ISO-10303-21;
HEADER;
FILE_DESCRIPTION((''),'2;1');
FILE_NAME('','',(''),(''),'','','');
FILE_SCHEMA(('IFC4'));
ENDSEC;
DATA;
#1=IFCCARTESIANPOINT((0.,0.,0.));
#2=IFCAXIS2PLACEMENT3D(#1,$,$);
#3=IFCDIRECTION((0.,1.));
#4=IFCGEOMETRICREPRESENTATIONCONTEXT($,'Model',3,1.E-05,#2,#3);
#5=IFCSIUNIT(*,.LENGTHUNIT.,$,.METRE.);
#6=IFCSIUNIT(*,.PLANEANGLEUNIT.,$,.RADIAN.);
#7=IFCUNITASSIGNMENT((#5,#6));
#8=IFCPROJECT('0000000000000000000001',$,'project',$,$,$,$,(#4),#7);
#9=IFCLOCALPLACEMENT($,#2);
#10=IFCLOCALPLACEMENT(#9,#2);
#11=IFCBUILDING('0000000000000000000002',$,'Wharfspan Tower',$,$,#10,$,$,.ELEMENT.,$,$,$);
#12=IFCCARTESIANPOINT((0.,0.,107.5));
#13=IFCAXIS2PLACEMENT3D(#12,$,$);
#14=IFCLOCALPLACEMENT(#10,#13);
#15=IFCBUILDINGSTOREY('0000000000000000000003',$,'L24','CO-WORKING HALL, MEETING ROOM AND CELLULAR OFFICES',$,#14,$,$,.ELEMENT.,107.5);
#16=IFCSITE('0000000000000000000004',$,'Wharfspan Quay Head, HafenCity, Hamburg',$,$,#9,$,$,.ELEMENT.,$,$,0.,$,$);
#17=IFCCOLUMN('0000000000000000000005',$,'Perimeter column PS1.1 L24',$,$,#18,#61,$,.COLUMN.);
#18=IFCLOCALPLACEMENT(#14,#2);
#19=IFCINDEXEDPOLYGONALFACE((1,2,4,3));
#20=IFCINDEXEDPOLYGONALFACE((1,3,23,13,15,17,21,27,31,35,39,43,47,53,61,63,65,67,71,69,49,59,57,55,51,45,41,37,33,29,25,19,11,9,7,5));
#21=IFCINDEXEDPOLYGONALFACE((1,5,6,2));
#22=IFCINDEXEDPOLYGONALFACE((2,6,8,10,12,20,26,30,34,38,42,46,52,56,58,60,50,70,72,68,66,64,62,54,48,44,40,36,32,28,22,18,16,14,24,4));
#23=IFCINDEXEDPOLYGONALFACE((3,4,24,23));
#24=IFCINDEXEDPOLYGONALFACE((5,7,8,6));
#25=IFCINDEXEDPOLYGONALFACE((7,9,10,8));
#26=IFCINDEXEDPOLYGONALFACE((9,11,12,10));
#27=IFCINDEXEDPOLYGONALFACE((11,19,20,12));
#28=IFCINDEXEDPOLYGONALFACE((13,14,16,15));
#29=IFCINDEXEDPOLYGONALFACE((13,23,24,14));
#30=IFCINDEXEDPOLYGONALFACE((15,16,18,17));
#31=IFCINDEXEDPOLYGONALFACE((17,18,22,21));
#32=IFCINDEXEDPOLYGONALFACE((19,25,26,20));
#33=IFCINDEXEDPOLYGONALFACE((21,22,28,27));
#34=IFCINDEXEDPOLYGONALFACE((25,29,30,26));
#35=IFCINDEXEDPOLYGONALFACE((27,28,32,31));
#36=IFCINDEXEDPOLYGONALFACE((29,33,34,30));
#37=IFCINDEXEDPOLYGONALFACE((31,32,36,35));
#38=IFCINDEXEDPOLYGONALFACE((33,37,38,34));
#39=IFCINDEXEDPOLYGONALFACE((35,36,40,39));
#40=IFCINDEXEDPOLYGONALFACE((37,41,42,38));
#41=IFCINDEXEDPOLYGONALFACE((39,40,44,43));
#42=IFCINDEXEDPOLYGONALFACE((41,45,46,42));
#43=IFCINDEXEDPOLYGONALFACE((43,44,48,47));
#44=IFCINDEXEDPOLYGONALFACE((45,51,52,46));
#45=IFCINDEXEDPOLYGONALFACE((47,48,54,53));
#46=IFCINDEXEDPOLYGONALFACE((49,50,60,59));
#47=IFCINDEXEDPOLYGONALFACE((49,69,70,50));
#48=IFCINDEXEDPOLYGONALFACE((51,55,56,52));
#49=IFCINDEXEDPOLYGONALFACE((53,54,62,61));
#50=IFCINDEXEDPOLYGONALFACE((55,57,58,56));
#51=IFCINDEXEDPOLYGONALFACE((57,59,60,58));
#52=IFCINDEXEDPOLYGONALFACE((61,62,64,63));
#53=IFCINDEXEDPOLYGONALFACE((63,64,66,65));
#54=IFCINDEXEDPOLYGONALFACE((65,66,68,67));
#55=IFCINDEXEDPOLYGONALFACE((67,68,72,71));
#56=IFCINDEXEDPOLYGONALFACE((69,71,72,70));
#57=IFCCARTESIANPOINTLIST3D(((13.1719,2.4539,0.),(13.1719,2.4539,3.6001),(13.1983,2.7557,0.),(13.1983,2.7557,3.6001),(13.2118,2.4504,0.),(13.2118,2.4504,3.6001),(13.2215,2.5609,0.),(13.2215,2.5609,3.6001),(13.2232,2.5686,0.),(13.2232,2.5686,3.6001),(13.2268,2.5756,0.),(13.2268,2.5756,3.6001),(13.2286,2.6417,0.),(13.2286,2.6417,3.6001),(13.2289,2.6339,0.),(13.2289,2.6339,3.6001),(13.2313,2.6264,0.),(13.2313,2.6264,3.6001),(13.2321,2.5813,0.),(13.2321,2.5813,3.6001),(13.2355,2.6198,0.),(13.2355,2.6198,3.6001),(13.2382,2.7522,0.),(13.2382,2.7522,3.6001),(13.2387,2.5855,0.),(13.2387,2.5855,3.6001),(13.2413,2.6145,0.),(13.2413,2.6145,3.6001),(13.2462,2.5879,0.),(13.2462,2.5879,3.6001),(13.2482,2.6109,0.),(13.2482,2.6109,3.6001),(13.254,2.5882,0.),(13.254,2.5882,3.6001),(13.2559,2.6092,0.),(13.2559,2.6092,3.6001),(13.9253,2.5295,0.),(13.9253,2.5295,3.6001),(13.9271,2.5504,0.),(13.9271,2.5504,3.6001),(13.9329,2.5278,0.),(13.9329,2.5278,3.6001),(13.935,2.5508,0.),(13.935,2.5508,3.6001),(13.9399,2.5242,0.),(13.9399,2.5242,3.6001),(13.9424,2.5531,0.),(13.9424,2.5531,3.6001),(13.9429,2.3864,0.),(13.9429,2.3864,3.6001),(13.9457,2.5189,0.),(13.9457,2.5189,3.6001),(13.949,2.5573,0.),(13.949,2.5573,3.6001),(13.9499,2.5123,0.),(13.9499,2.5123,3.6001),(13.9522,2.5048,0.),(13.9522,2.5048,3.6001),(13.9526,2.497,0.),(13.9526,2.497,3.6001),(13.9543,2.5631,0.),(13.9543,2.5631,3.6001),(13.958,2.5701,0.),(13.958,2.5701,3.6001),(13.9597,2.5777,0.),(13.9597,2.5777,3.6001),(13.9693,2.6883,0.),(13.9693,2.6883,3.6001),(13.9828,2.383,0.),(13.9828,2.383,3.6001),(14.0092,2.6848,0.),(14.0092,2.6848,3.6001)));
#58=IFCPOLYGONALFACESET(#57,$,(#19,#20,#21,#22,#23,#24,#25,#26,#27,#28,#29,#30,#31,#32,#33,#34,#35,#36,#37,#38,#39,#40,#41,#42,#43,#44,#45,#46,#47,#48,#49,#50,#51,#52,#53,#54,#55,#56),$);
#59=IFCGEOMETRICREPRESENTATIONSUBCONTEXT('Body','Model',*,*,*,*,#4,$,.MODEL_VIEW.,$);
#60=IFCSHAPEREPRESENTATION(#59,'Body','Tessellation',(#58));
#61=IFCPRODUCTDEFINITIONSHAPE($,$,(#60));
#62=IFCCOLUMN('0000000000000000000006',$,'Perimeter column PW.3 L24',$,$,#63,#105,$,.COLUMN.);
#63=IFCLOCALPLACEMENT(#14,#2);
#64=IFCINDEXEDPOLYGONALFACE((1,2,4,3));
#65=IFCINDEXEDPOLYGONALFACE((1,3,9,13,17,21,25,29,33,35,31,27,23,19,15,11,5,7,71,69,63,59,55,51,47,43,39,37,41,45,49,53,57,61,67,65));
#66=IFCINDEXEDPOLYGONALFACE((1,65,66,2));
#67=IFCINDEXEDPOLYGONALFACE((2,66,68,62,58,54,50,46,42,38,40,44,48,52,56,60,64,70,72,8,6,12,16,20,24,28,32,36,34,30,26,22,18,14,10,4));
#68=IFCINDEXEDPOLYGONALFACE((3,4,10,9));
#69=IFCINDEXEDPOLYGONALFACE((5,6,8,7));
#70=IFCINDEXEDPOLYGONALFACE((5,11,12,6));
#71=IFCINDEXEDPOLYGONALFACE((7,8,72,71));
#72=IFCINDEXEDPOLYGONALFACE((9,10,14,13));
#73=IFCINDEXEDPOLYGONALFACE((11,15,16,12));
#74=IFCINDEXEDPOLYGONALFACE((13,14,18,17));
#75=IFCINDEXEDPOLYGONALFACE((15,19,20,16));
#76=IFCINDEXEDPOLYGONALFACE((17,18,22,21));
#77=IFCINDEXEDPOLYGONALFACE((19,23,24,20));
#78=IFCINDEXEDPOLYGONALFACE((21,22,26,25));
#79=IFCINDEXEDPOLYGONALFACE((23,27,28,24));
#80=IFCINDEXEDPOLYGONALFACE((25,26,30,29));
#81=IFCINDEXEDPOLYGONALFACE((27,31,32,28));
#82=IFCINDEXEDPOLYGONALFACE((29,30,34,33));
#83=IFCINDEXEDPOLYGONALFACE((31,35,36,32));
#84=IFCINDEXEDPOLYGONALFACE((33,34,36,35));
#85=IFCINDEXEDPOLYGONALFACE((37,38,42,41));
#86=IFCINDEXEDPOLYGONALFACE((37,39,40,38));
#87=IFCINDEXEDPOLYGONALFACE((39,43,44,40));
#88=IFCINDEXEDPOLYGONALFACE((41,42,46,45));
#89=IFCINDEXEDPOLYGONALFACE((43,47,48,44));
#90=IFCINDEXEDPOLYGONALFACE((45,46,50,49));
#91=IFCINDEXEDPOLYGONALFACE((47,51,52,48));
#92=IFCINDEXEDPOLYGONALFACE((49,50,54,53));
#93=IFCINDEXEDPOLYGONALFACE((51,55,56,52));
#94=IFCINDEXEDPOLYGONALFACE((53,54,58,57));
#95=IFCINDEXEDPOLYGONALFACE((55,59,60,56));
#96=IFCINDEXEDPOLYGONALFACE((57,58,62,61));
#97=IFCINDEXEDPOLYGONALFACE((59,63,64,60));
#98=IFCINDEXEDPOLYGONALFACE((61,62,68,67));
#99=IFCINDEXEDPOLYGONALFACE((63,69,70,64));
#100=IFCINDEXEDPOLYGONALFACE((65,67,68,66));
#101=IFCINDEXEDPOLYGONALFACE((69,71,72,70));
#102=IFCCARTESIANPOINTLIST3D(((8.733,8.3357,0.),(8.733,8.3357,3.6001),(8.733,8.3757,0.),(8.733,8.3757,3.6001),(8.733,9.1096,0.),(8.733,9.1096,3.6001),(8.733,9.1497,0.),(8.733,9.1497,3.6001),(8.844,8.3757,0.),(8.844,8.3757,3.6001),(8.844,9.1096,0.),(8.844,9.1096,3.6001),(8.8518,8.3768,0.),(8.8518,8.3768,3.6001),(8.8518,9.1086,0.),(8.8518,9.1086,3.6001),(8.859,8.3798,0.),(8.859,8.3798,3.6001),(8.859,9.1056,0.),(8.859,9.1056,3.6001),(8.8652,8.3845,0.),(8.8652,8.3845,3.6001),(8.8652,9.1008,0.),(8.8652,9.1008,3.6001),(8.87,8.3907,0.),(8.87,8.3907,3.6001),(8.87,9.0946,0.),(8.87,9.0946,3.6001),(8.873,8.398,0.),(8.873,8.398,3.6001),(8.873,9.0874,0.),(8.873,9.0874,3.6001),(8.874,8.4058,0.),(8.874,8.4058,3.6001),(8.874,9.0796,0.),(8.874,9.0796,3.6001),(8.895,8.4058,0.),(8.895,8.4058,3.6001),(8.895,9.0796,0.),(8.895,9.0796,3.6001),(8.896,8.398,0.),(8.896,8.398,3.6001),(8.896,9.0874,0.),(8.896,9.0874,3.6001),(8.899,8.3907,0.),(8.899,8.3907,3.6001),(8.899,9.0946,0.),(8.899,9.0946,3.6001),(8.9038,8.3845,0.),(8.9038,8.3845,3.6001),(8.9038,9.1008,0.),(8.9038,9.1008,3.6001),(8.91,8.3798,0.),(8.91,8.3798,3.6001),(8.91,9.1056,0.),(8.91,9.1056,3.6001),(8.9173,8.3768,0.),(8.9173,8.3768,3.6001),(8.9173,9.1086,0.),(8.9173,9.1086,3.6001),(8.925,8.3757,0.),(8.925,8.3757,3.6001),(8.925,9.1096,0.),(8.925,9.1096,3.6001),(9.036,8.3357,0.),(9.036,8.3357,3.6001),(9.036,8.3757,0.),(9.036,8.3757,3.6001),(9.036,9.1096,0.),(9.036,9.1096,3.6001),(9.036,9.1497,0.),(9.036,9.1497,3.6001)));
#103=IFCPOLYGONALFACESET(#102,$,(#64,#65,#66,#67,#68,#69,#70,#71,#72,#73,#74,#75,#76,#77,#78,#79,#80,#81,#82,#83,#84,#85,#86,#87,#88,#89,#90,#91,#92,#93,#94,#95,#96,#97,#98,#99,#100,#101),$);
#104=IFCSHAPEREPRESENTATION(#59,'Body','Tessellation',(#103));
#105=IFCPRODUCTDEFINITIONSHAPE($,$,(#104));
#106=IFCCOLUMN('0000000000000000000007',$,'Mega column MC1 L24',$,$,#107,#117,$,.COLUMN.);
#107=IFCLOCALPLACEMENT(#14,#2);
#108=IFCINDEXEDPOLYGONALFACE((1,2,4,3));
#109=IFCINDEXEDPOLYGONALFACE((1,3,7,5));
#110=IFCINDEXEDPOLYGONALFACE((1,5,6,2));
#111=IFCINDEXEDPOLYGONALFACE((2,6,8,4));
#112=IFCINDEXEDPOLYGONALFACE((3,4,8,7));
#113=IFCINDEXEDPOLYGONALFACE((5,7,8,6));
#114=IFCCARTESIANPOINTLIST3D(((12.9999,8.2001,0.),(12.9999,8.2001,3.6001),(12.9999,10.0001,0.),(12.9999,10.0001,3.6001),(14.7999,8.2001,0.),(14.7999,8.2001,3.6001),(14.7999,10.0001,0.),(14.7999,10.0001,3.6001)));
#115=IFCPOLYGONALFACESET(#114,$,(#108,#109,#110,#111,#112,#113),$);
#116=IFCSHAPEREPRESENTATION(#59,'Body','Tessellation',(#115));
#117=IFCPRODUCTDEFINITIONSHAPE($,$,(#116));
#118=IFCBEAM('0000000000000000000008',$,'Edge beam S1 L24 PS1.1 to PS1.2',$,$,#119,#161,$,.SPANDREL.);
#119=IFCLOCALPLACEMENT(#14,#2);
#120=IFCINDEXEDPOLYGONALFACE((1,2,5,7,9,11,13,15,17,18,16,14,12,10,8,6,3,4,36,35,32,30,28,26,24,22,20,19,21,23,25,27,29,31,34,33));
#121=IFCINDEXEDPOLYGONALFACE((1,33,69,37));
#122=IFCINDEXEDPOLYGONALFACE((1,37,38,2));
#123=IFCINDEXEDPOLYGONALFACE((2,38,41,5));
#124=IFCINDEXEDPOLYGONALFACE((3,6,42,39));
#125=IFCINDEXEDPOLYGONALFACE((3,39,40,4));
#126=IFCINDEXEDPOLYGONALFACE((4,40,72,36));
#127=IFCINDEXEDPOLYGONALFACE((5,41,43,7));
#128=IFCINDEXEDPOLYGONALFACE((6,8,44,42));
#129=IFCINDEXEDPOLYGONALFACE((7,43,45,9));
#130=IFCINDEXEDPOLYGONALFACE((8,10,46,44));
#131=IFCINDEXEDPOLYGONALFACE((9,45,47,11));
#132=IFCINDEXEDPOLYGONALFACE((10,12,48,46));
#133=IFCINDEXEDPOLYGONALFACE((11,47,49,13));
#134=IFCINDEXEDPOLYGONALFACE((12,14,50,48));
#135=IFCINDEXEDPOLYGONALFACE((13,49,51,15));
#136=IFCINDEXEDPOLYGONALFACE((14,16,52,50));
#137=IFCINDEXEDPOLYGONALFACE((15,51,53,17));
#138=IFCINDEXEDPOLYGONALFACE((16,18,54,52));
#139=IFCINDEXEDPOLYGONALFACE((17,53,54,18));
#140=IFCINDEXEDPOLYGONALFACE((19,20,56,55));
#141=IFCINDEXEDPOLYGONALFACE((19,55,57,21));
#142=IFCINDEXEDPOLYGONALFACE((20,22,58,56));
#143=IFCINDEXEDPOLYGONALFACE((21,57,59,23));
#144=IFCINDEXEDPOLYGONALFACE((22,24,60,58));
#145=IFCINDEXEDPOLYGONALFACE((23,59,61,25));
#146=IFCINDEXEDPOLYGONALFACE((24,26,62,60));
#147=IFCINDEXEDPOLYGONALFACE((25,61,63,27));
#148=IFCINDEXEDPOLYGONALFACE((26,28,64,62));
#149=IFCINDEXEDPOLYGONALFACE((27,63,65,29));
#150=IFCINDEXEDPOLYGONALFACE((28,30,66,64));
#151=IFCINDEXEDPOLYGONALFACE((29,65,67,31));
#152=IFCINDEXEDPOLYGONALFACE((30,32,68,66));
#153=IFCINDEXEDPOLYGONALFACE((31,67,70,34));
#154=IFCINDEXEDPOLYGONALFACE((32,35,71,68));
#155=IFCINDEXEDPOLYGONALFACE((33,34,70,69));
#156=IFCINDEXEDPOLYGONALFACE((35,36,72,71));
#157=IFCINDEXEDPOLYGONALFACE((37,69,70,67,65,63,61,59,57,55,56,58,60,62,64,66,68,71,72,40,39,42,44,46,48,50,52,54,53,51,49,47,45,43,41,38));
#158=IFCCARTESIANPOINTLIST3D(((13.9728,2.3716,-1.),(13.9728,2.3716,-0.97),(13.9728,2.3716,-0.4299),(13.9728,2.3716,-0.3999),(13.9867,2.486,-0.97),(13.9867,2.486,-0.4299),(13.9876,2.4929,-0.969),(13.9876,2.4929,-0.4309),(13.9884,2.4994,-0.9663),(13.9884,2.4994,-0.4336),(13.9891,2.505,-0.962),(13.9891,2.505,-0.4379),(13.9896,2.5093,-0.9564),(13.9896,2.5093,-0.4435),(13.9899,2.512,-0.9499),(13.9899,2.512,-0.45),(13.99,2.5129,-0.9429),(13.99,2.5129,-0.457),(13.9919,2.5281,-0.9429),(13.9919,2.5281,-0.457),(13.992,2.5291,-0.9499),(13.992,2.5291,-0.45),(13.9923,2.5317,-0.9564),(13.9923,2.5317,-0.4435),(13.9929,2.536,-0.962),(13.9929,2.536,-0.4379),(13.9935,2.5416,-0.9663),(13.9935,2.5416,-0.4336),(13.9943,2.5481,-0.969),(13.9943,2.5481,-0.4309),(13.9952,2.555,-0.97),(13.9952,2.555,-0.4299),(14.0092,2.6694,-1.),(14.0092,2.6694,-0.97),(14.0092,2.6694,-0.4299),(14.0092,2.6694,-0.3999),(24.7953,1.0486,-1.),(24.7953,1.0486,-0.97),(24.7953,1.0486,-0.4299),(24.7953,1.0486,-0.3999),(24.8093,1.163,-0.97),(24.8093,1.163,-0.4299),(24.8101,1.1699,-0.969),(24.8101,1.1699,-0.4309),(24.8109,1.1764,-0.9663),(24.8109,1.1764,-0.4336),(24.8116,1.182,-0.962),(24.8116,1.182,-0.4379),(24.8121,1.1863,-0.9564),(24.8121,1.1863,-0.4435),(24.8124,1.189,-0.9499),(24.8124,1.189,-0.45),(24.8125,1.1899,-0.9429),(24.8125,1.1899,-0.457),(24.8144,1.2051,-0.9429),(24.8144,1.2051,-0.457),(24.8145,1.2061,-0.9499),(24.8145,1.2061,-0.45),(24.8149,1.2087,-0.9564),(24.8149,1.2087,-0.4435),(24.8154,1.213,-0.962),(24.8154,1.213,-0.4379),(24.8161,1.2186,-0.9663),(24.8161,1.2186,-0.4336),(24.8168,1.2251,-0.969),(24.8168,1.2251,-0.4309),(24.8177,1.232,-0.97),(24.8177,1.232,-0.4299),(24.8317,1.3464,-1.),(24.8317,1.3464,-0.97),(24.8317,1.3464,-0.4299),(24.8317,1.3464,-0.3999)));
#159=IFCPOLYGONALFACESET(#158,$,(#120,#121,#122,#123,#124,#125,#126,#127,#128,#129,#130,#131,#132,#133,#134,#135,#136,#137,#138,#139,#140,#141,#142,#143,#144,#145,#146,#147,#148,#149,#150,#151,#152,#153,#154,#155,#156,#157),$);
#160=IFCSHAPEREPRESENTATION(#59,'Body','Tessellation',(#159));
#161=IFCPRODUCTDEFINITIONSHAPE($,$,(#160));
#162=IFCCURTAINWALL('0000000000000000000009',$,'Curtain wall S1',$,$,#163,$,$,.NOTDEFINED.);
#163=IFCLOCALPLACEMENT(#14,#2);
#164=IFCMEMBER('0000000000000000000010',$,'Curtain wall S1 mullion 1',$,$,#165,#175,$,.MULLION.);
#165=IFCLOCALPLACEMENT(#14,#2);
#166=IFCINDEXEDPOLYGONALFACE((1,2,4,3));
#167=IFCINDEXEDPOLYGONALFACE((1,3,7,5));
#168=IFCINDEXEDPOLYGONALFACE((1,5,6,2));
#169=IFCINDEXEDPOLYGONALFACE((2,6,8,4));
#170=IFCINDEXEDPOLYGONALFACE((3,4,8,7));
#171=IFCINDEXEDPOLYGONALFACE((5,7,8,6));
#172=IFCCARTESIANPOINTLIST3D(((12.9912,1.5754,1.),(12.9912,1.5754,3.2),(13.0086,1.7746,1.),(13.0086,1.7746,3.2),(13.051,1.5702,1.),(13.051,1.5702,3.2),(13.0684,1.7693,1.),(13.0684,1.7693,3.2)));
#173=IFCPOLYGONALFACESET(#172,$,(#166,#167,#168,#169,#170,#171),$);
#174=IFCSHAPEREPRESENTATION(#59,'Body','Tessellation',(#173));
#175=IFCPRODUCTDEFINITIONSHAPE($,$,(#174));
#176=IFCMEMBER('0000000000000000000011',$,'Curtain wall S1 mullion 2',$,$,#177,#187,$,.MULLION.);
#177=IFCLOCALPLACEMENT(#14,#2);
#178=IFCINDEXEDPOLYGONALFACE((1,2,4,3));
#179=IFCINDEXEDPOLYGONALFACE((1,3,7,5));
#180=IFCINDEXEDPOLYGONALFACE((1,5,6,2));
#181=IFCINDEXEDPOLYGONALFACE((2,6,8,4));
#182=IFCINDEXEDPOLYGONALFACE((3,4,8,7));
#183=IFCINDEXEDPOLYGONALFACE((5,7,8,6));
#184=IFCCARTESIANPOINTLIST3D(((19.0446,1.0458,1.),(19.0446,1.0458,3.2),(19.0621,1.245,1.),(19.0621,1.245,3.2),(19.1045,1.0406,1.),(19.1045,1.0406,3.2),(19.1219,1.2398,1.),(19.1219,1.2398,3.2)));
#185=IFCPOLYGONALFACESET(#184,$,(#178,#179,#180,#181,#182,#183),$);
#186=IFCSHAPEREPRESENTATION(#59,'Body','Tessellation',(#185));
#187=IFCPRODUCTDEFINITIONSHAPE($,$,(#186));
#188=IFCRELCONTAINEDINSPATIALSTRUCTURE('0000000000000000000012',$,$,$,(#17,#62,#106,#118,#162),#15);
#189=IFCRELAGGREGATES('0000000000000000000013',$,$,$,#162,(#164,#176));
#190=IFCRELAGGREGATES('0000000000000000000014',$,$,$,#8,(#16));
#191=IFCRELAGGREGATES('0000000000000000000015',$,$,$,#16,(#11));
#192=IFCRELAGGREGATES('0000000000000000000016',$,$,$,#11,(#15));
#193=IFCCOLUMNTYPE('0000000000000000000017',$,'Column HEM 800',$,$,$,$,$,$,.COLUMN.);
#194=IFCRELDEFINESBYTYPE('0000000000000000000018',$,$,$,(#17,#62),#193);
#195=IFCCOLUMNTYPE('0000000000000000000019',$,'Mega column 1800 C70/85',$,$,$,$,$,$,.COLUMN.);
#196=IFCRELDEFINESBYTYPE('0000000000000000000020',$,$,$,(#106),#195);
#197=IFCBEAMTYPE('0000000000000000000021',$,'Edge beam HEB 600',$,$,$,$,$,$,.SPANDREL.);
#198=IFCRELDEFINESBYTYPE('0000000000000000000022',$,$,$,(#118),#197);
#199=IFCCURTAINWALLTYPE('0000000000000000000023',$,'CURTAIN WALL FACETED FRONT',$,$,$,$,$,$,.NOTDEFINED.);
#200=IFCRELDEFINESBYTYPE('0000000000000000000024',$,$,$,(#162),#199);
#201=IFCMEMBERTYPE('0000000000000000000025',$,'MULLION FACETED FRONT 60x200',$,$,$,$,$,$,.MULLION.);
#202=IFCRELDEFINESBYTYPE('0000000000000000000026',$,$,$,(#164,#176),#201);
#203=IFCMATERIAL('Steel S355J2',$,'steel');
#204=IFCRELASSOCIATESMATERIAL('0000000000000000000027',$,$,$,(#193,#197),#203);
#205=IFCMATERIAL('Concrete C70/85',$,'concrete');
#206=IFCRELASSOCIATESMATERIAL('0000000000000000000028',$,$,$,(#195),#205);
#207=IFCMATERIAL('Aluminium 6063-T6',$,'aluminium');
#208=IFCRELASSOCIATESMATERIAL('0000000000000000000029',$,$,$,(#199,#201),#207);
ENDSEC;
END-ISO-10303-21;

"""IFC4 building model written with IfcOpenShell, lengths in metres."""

from ifc_helpers import new_model, si_unit, direction, frame, origin, origin_2d, place, context, subcontext, project, spatial, rectangle, i_section, extrude, material, material_profile, profile_set, type_object, element, aggregate, save


model = new_model("IFC4")

# Units and contexts
model_context = context("Model", 3, precision=1e-05, world=origin(), true_north=direction((0.0, 1.0)))
body_context = subcontext(model_context, "Body", "Model", "MODEL_VIEW")
ifc_project = project(units=[si_unit("LENGTHUNIT", "METRE"), si_unit("PLANEANGLEUNIT", "RADIAN")], contexts=[model_context])

# Site, building, storey
site_placement = place(None, origin())
site = spatial("IfcSite", under=ifc_project, at=site_placement, Name="Wharfspan Quay Head, HafenCity, Hamburg", CompositionType="ELEMENT", RefElevation=0.0)
building_placement = place(site_placement, origin())
building = spatial("IfcBuilding", under=site, at=building_placement, Name="Wharfspan Tower", CompositionType="ELEMENT")
storey_placement = place(building_placement, frame((0.0, 0.0, 107.5)))
storey = spatial("IfcBuildingStorey", under=building, at=storey_placement, Name="L24", Description="CO-WORKING HALL, MEETING ROOM AND CELLULAR OFFICES", CompositionType="ELEMENT", Elevation=107.5)

# Columns
ifc_material_1 = material(Name="Steel S355J2", Category="steel")
ifc_material_profile_1 = material_profile(ifc_material_1, i_section(OverallWidth=0.303, OverallDepth=0.814, WebThickness=0.021, FlangeThickness=0.04, FilletRadius=0.03, at=origin_2d()))
ifc_profile_set_1 = profile_set([ifc_material_profile_1], Name="Steel S355J2")
column_type_1 = type_object("IfcColumnType", Name="Column HEM 800", PredefinedType="COLUMN", material=ifc_profile_set_1)
for number, where, z_axis, x_axis, name in (
    (1, (13.5906, 2.5693, 0.0), (0.0, 0.0, 1.0), (-0.087156, -0.996198, 0.0), "Perimeter column PS1.1 L24"),
    (2, (8.8845, 8.7427, 0.0), (0.0, 0.0, 1.0), (-1.0, 0.0, 0.0), "Perimeter column PW.3 L24"),
):
    element("IfcColumn", number, at=place(storey_placement, frame(where, z_axis=z_axis, x_axis=x_axis)), inside=storey, type_object=column_type_1, Name=name, PredefinedType="COLUMN", context=body_context, shape_type="SweptSolid", body=[
        extrude(i_section(OverallWidth=0.303, OverallDepth=0.814, WebThickness=0.021, FlangeThickness=0.04, FilletRadius=0.03, at=origin_2d()), origin(), (0.0, 0.0, 1.0), 3.6001),
    ])
ifc_material_2 = material(Name="Concrete C70/85", Category="concrete")
ifc_material_profile_2 = material_profile(ifc_material_2, rectangle(XDim=1.8, YDim=1.8, at=origin_2d()))
ifc_profile_set_2 = profile_set([ifc_material_profile_2], Name="Concrete C70/85")
column_type_2 = type_object("IfcColumnType", Name="Mega column 1800 C70/85", PredefinedType="COLUMN", material=ifc_profile_set_2)
column_placement = place(storey_placement, frame((13.8999, 9.1001, 0.0), z_axis=(0.0, 0.0, 1.0), x_axis=(1.0, 0.0, 0.0)))
element("IfcColumn", 3, at=column_placement, inside=storey, type_object=column_type_2, Name="Mega column MC1 L24", PredefinedType="COLUMN", context=body_context, shape_type="SweptSolid", body=[
    extrude(rectangle(XDim=1.8, YDim=1.8, at=origin_2d()), origin(), (0.0, 0.0, 1.0), 3.6001),
])

# Beam
ifc_material_profile_3 = material_profile(ifc_material_1, i_section(OverallWidth=0.3, OverallDepth=0.6001, WebThickness=0.0154, FlangeThickness=0.03, FilletRadius=0.0271, at=origin_2d()))
ifc_profile_set_3 = profile_set([ifc_material_profile_3], Name="Steel S355J2")
beam_type = type_object("IfcBeamType", Name="Edge beam HEB 600", PredefinedType="SPANDREL", material=ifc_profile_set_3)
beam_placement = place(storey_placement, frame((13.991, 2.5205, -0.7), z_axis=(0.992611, -0.121342, 0.0), x_axis=(0.121342, 0.992611, 0.0)))
element("IfcBeam", 4, at=beam_placement, inside=storey, type_object=beam_type, Name="Edge beam S1 L24 PS1.1 to PS1.2", PredefinedType="SPANDREL", context=body_context, shape_type="SweptSolid", body=[
    extrude(i_section(OverallWidth=0.3, OverallDepth=0.6001, WebThickness=0.0154, FlangeThickness=0.03, FilletRadius=0.0271, at=origin_2d()), origin(), (0.0, 0.0, 1.0), 10.9031),
])

# Curtain wall, members
ifc_material_3 = material(Name="Aluminium 6063-T6", Category="aluminium")
curtain_wall_type_1 = type_object("IfcCurtainWallType", Name="CURTAIN WALL FACETED FRONT", PredefinedType="NOTDEFINED", material=ifc_material_3)
curtain_wall_1_placement = place(storey_placement, origin())
curtain_wall_1 = element("IfcCurtainWall", 5, at=curtain_wall_1_placement, inside=storey, type_object=curtain_wall_type_1, Name="Curtain wall S1", PredefinedType="NOTDEFINED")
ifc_material_profile_4 = material_profile(ifc_material_3, rectangle(XDim=0.2, YDim=0.0601, at=origin_2d()))
ifc_profile_set_4 = profile_set([ifc_material_profile_4], Name="Aluminium 6063-T6")
member_type_1 = type_object("IfcMemberType", Name="MULLION FACETED FRONT 60x200", PredefinedType="MULLION", material=ifc_profile_set_4)
member_1_placement = place(storey_placement, frame((13.0298, 1.6724, 1.0), z_axis=(0.0, 0.0, 1.0), x_axis=(0.087156, 0.996198, 0.0)))
member_1 = element("IfcMember", 6, at=member_1_placement, type_object=member_type_1, Name="Curtain wall S1 mullion 1", PredefinedType="MULLION", context=body_context, shape_type="SweptSolid", body=[
    extrude(rectangle(XDim=0.2, YDim=0.0601, at=origin_2d()), origin(), (0.0, 0.0, 1.0), 2.2),
])
member_2_placement = place(storey_placement, frame((19.0833, 1.1428, 1.0), z_axis=(0.0, 0.0, 1.0), x_axis=(0.087156, 0.996198, 0.0)))
member_2 = element("IfcMember", 7, at=member_2_placement, type_object=member_type_1, Name="Curtain wall S1 mullion 2", PredefinedType="MULLION", context=body_context, shape_type="SweptSolid", body=[
    extrude(rectangle(XDim=0.2, YDim=0.0601, at=origin_2d()), origin(), (0.0, 0.0, 1.0), 2.2),
])

aggregate(curtain_wall_1, [member_1, member_2])

save(model, "model.ifc")
